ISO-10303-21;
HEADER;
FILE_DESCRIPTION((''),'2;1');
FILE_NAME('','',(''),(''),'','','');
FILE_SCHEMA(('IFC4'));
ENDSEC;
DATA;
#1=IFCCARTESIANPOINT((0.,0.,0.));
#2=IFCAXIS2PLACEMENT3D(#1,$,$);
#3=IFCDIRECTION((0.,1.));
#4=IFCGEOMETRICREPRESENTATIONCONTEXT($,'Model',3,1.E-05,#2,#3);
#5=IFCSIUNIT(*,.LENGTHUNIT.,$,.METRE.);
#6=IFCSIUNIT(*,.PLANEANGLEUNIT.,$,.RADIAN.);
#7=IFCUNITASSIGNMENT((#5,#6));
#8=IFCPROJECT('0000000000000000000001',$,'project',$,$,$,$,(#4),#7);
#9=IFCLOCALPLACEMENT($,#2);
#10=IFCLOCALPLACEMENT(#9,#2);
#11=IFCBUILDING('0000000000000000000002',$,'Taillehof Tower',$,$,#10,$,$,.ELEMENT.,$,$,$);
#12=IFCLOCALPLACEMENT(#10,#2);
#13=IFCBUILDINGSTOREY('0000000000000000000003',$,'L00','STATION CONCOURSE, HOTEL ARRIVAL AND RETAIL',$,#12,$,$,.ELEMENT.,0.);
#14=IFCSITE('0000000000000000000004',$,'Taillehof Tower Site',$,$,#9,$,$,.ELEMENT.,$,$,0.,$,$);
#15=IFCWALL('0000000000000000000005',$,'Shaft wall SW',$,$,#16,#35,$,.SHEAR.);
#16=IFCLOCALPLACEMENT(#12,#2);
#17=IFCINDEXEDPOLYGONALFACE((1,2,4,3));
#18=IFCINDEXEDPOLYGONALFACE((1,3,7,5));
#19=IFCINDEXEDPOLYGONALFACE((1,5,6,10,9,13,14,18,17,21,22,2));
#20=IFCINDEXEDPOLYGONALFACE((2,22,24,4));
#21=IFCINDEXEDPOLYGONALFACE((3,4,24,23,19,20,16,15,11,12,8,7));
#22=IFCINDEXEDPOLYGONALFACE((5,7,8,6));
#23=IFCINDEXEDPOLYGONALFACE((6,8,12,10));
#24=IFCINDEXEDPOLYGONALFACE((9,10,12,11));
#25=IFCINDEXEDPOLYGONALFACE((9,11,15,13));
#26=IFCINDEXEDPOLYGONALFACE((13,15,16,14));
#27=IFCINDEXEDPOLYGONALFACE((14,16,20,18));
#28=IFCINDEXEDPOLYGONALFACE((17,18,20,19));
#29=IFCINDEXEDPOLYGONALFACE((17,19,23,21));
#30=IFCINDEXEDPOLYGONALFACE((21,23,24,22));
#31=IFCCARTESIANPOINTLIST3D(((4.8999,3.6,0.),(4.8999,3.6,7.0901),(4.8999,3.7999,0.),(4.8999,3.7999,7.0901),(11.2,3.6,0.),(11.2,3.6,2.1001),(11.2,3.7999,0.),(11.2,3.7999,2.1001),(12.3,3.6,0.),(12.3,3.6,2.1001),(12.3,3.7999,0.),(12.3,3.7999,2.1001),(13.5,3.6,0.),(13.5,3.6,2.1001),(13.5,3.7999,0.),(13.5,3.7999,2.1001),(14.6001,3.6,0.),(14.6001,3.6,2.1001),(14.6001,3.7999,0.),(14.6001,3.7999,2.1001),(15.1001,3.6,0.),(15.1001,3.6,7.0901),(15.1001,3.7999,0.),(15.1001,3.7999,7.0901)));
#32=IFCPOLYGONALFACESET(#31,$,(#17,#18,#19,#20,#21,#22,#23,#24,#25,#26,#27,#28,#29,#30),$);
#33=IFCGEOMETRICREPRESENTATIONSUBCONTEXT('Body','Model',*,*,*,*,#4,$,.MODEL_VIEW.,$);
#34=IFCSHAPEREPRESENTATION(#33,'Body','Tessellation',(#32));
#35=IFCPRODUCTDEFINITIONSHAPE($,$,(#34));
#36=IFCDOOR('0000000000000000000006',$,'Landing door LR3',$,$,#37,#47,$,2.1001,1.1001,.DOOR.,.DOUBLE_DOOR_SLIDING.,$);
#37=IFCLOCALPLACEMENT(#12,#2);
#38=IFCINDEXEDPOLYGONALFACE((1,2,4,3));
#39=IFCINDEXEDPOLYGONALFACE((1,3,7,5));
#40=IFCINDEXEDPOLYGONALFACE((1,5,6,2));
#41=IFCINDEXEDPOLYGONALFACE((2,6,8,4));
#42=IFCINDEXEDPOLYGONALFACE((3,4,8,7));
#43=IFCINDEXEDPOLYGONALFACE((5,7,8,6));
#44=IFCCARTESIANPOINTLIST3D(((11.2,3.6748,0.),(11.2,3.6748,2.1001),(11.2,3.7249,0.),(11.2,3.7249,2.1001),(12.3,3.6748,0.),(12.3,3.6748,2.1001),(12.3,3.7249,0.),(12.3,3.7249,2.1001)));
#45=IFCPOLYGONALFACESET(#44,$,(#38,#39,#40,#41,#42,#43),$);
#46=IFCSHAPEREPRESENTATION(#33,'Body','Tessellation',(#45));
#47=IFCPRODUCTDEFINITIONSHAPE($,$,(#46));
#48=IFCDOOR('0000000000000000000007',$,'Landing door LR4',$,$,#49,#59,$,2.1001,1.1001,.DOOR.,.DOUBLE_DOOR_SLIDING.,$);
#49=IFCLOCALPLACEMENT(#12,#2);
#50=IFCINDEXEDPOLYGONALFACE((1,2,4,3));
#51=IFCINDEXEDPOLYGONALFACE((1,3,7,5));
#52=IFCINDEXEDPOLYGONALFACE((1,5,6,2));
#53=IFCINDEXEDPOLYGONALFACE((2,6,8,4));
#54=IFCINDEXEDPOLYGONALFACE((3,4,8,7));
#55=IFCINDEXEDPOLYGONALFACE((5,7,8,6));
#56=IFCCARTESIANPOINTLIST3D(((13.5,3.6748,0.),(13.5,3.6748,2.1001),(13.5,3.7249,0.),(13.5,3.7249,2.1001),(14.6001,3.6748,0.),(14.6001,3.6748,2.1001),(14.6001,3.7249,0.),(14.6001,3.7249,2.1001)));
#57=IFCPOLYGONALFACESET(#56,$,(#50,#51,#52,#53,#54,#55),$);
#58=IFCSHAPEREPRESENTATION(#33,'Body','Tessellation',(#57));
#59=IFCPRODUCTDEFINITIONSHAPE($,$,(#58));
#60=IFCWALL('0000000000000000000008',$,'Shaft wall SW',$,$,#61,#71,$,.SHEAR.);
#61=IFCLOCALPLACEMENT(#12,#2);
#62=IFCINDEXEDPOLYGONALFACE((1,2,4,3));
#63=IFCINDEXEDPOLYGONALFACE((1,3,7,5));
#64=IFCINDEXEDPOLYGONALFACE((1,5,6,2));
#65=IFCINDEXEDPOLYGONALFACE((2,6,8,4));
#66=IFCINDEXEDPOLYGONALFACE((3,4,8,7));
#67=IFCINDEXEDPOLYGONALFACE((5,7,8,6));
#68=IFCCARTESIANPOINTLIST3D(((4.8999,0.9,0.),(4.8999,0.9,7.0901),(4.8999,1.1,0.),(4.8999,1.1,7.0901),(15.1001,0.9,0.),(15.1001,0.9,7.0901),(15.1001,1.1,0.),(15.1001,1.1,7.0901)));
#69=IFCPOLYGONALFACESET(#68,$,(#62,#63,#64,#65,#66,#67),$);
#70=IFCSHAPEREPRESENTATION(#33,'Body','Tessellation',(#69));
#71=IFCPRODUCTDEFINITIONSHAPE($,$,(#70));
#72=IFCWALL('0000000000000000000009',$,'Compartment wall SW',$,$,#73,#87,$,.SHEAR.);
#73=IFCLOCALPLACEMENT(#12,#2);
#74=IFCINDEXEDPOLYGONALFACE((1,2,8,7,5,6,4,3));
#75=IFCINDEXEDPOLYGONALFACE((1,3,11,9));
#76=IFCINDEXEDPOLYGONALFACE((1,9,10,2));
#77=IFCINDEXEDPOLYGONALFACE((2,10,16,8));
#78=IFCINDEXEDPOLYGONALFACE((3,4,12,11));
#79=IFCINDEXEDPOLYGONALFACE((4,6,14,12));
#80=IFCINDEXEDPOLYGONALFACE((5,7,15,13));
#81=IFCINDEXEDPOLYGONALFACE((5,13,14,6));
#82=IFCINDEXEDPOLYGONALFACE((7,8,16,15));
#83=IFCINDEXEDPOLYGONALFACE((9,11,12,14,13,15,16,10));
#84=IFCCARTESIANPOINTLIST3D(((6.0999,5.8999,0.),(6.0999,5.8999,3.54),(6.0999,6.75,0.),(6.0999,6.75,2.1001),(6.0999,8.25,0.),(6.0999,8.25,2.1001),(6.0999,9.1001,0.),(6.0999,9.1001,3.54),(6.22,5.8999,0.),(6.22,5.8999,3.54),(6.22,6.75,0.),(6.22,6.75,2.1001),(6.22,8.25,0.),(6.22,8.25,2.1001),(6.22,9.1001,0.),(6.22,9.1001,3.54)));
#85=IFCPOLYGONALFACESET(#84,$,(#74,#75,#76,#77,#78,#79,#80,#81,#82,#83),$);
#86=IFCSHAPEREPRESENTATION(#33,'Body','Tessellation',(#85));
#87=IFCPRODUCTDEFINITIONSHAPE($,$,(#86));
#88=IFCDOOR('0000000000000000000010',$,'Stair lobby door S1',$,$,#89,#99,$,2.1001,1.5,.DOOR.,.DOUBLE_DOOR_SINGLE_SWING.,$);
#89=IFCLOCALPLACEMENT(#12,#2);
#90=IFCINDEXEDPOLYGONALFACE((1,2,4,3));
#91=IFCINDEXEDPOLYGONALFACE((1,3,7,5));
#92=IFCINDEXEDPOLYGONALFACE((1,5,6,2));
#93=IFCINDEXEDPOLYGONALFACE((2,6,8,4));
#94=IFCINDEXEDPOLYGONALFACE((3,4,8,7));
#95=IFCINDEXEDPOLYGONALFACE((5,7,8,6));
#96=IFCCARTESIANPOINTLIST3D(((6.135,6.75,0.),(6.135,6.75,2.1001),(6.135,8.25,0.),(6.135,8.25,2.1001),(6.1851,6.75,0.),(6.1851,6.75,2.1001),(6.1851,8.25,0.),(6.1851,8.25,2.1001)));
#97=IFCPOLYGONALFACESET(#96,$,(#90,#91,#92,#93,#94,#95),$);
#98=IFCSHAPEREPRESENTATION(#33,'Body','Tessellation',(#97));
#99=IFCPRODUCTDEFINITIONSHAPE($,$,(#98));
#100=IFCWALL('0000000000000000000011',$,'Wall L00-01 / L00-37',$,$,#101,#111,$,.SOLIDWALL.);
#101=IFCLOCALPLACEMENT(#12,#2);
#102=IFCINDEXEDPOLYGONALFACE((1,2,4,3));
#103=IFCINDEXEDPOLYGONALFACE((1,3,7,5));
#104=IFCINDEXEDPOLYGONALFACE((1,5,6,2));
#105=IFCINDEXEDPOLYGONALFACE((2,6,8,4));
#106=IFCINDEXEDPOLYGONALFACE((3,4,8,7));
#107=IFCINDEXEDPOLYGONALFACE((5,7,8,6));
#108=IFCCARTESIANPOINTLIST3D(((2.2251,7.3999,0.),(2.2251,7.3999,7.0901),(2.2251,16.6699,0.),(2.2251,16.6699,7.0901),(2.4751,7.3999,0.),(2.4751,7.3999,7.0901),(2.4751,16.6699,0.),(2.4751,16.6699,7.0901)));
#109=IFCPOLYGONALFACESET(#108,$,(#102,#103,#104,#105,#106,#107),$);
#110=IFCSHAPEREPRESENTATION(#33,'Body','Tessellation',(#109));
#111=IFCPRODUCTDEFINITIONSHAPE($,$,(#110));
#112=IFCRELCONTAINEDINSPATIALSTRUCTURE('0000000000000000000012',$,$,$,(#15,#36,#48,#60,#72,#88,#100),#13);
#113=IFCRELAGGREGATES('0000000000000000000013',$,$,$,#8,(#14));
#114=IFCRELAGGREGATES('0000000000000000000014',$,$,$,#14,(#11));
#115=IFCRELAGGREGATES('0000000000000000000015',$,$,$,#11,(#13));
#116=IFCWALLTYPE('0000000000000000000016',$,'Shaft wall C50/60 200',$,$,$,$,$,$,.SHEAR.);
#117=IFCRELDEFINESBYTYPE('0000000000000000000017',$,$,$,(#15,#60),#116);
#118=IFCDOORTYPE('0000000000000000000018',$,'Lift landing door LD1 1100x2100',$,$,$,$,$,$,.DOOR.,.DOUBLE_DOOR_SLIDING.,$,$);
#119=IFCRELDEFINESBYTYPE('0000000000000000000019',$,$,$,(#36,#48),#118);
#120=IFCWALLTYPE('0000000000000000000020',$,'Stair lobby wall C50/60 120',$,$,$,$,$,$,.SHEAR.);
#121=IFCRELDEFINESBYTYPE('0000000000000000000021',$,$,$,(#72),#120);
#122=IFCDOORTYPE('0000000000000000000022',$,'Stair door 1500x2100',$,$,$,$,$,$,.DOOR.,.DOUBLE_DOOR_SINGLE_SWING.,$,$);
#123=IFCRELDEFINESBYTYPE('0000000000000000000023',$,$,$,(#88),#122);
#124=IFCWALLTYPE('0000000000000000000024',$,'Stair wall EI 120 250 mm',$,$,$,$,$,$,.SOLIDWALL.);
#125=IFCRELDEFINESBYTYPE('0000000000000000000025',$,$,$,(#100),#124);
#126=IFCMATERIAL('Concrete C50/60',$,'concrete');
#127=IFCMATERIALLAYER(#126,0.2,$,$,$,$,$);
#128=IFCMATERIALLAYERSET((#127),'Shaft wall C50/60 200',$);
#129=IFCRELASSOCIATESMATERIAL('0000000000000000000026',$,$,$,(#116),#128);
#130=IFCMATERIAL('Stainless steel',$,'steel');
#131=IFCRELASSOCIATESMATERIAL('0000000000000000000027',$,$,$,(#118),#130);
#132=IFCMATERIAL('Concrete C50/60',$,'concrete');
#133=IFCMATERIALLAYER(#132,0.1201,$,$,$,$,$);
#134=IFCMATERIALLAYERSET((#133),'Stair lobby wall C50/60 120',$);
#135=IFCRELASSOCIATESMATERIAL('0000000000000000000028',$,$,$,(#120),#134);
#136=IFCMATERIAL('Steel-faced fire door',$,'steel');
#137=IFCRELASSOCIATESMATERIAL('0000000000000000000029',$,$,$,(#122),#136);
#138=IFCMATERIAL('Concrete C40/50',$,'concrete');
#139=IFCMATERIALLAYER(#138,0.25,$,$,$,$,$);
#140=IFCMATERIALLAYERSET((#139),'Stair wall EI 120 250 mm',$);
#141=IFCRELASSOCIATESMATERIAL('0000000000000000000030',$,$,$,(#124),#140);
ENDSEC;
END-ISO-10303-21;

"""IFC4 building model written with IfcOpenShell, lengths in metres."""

from ifc_helpers import new_model, si_unit, direction, frame, frame_2d, origin, place, context, subcontext, project, spatial, rectangle, extrude, material, layer, layer_set, type_object, element, fill, save


model = new_model("IFC4")

# Units and contexts
model_context = context("Model", 3, precision=1e-05, world=origin(), true_north=direction((0.0, 1.0)))
body_context = subcontext(model_context, "Body", "Model", "MODEL_VIEW")
ifc_project = project(units=[si_unit("LENGTHUNIT", "METRE"), si_unit("PLANEANGLEUNIT", "RADIAN")], contexts=[model_context])

# Site, building, storey
site_placement = place(None, origin())
site = spatial("IfcSite", under=ifc_project, at=site_placement, Name="Taillehof Tower Site", CompositionType="ELEMENT", RefElevation=0.0)
building_placement = place(site_placement, origin())
building = spatial("IfcBuilding", under=site, at=building_placement, Name="Taillehof Tower", CompositionType="ELEMENT")
storey_placement = place(building_placement, origin())
storey = spatial("IfcBuildingStorey", under=building, at=storey_placement, Name="L00", Description="STATION CONCOURSE, HOTEL ARRIVAL AND RETAIL", CompositionType="ELEMENT", Elevation=0.0)

# Wall, openings, doors
ifc_material_1 = material(Name="Concrete C50/60", Category="concrete")
ifc_layer_1 = layer(ifc_material_1, 0.2)
ifc_layer_set_1 = layer_set([ifc_layer_1], Name="Shaft wall C50/60 200")
wall_type_1 = type_object("IfcWallType", Name="Shaft wall C50/60 200", PredefinedType="SHEAR", material=ifc_layer_set_1)
ifc_material_2 = material(Name="Stainless steel", Category="steel")
door_type_1 = type_object("IfcDoorType", Name="Lift landing door LD1 1100x2100", OperationType="DOUBLE_DOOR_SLIDING", PredefinedType="DOOR", material=ifc_material_2)
wall_1_placement = place(storey_placement, frame((4.8999, 3.7, 0.0), z_axis=(0.0, 0.0, 1.0), x_axis=(1.0, 0.0, 0.0)))
wall_1 = element("IfcWall", 1, at=wall_1_placement, inside=storey, type_object=wall_type_1, Name="Shaft wall SW", PredefinedType="SHEAR", context=body_context, shape_type="SweptSolid", body=[
    extrude(rectangle(XDim=10.2002, YDim=0.2, at=frame_2d((5.1001, 0.0))), origin(), (0.0, 0.0, 1.0), 7.0901),
])
opening_1_placement = place(wall_1_placement, frame((6.3, 0.0, 0.0)))
opening_1 = element("IfcOpeningElement", 2, at=opening_1_placement, cuts=wall_1, PredefinedType="OPENING", context=body_context, shape_type="SweptSolid", body=[
    extrude(rectangle(XDim=1.1001, YDim=2.1001, at=frame_2d((0.55, 1.05))), frame((0.0, 0.1099, 0.0), z_axis=(0.0, -1.0, 0.0), x_axis=(1.0, 0.0, 0.0)), (0.0, 0.0, 1.0), 0.22),
])
opening_2_placement = place(wall_1_placement, frame((8.6001, 0.0, 0.0)))
opening_2 = element("IfcOpeningElement", 3, at=opening_2_placement, cuts=wall_1, PredefinedType="OPENING", context=body_context, shape_type="SweptSolid", body=[
    extrude(rectangle(XDim=1.1001, YDim=2.1001, at=frame_2d((0.55, 1.05))), frame((0.0, 0.1099, 0.0), z_axis=(0.0, -1.0, 0.0), x_axis=(1.0, 0.0, 0.0)), (0.0, 0.0, 1.0), 0.22),
])
door_1_placement = place(opening_1_placement, origin())
door_1 = element("IfcDoor", 4, at=door_1_placement, inside=storey, type_object=door_type_1, Name="Landing door LR3", OperationType="DOUBLE_DOOR_SLIDING", OverallHeight=2.1001, OverallWidth=1.1001, PredefinedType="DOOR", context=body_context, shape_type="SweptSolid", body=[
    extrude(rectangle(XDim=1.1001, YDim=2.1001, at=frame_2d((0.55, 1.05))), frame((0.0, 0.0249, 0.0), z_axis=(0.0, -1.0, 0.0), x_axis=(1.0, 0.0, 0.0)), (0.0, 0.0, 1.0), 0.05),
])
fill(opening_1, door_1)
door_2_placement = place(opening_2_placement, origin())
door_2 = element("IfcDoor", 5, at=door_2_placement, inside=storey, type_object=door_type_1, Name="Landing door LR4", OperationType="DOUBLE_DOOR_SLIDING", OverallHeight=2.1001, OverallWidth=1.1001, PredefinedType="DOOR", context=body_context, shape_type="SweptSolid", body=[
    extrude(rectangle(XDim=1.1001, YDim=2.1001, at=frame_2d((0.55, 1.05))), frame((0.0, 0.0249, 0.0), z_axis=(0.0, -1.0, 0.0), x_axis=(1.0, 0.0, 0.0)), (0.0, 0.0, 1.0), 0.05),
])
fill(opening_2, door_2)

# Wall
wall_2_placement = place(storey_placement, frame((4.8999, 1.0, 0.0), z_axis=(0.0, 0.0, 1.0), x_axis=(1.0, 0.0, 0.0)))
element("IfcWall", 6, at=wall_2_placement, inside=storey, type_object=wall_type_1, Name="Shaft wall SW", PredefinedType="SHEAR", context=body_context, shape_type="SweptSolid", body=[
    extrude(rectangle(XDim=10.2002, YDim=0.2, at=frame_2d((5.1001, 0.0))), origin(), (0.0, 0.0, 1.0), 7.0901),
])

# Wall, opening, door
ifc_material_3 = material(Name="Concrete C50/60", Category="concrete")
ifc_layer_2 = layer(ifc_material_3, 0.1201)
ifc_layer_set_2 = layer_set([ifc_layer_2], Name="Stair lobby wall C50/60 120")
wall_type_2 = type_object("IfcWallType", Name="Stair lobby wall C50/60 120", PredefinedType="SHEAR", material=ifc_layer_set_2)
wall_3_placement = place(storey_placement, frame((6.1599, 5.8999, 0.0), z_axis=(0.0, 0.0, 1.0), x_axis=(0.0, 1.0, 0.0)))
wall_3 = element("IfcWall", 7, at=wall_3_placement, inside=storey, type_object=wall_type_2, Name="Compartment wall SW", PredefinedType="SHEAR", context=body_context, shape_type="SweptSolid", body=[
    extrude(rectangle(XDim=3.2002, YDim=0.1201, at=frame_2d((1.6001, 0.0))), origin(), (0.0, 0.0, 1.0), 3.54),
])
opening_3_placement = place(wall_3_placement, frame((0.8501, 0.0, 0.0)))
opening_3 = element("IfcOpeningElement", 8, at=opening_3_placement, cuts=wall_3, PredefinedType="OPENING", context=body_context, shape_type="SweptSolid", body=[
    extrude(rectangle(XDim=1.5, YDim=2.1001, at=frame_2d((0.75, 1.05))), frame((0.0, 0.0701, 0.0), z_axis=(0.0, -1.0, 0.0), x_axis=(1.0, 0.0, 0.0)), (0.0, 0.0, 1.0), 0.1401),
])
ifc_material_4 = material(Name="Steel-faced fire door", Category="steel")
door_type_2 = type_object("IfcDoorType", Name="Stair door 1500x2100", OperationType="DOUBLE_DOOR_SINGLE_SWING", PredefinedType="DOOR", material=ifc_material_4)
door_3_placement = place(opening_3_placement, origin())
door_3 = element("IfcDoor", 9, at=door_3_placement, inside=storey, type_object=door_type_2, Name="Stair lobby door S1", OperationType="DOUBLE_DOOR_SINGLE_SWING", OverallHeight=2.1001, OverallWidth=1.5, PredefinedType="DOOR", context=body_context, shape_type="SweptSolid", body=[
    extrude(rectangle(XDim=1.5, YDim=2.1001, at=frame_2d((0.75, 1.05))), frame((0.0, 0.0249, 0.0), z_axis=(0.0, -1.0, 0.0), x_axis=(1.0, 0.0, 0.0)), (0.0, 0.0, 1.0), 0.05),
])
fill(opening_3, door_3)

# Wall
ifc_material_5 = material(Name="Concrete C40/50", Category="concrete")
ifc_layer_3 = layer(ifc_material_5, 0.25)
ifc_layer_set_3 = layer_set([ifc_layer_3], Name="Stair wall EI 120 250 mm")
wall_type_3 = type_object("IfcWallType", Name="Stair wall EI 120 250 mm", PredefinedType="SOLIDWALL", material=ifc_layer_set_3)
wall_4_placement = place(storey_placement, frame((2.3501, 7.3999, 0.0), z_axis=(0.0, 0.0, 1.0), x_axis=(0.0, 1.0, 0.0)))
element("IfcWall", 10, at=wall_4_placement, inside=storey, type_object=wall_type_3, Name="Wall L00-01 / L00-37", PredefinedType="SOLIDWALL", context=body_context, shape_type="SweptSolid", body=[
    extrude(rectangle(XDim=9.27, YDim=0.25, at=frame_2d((4.635, 0.0))), origin(), (0.0, 0.0, 1.0), 7.0901),
])

save(model, "model.ifc")
